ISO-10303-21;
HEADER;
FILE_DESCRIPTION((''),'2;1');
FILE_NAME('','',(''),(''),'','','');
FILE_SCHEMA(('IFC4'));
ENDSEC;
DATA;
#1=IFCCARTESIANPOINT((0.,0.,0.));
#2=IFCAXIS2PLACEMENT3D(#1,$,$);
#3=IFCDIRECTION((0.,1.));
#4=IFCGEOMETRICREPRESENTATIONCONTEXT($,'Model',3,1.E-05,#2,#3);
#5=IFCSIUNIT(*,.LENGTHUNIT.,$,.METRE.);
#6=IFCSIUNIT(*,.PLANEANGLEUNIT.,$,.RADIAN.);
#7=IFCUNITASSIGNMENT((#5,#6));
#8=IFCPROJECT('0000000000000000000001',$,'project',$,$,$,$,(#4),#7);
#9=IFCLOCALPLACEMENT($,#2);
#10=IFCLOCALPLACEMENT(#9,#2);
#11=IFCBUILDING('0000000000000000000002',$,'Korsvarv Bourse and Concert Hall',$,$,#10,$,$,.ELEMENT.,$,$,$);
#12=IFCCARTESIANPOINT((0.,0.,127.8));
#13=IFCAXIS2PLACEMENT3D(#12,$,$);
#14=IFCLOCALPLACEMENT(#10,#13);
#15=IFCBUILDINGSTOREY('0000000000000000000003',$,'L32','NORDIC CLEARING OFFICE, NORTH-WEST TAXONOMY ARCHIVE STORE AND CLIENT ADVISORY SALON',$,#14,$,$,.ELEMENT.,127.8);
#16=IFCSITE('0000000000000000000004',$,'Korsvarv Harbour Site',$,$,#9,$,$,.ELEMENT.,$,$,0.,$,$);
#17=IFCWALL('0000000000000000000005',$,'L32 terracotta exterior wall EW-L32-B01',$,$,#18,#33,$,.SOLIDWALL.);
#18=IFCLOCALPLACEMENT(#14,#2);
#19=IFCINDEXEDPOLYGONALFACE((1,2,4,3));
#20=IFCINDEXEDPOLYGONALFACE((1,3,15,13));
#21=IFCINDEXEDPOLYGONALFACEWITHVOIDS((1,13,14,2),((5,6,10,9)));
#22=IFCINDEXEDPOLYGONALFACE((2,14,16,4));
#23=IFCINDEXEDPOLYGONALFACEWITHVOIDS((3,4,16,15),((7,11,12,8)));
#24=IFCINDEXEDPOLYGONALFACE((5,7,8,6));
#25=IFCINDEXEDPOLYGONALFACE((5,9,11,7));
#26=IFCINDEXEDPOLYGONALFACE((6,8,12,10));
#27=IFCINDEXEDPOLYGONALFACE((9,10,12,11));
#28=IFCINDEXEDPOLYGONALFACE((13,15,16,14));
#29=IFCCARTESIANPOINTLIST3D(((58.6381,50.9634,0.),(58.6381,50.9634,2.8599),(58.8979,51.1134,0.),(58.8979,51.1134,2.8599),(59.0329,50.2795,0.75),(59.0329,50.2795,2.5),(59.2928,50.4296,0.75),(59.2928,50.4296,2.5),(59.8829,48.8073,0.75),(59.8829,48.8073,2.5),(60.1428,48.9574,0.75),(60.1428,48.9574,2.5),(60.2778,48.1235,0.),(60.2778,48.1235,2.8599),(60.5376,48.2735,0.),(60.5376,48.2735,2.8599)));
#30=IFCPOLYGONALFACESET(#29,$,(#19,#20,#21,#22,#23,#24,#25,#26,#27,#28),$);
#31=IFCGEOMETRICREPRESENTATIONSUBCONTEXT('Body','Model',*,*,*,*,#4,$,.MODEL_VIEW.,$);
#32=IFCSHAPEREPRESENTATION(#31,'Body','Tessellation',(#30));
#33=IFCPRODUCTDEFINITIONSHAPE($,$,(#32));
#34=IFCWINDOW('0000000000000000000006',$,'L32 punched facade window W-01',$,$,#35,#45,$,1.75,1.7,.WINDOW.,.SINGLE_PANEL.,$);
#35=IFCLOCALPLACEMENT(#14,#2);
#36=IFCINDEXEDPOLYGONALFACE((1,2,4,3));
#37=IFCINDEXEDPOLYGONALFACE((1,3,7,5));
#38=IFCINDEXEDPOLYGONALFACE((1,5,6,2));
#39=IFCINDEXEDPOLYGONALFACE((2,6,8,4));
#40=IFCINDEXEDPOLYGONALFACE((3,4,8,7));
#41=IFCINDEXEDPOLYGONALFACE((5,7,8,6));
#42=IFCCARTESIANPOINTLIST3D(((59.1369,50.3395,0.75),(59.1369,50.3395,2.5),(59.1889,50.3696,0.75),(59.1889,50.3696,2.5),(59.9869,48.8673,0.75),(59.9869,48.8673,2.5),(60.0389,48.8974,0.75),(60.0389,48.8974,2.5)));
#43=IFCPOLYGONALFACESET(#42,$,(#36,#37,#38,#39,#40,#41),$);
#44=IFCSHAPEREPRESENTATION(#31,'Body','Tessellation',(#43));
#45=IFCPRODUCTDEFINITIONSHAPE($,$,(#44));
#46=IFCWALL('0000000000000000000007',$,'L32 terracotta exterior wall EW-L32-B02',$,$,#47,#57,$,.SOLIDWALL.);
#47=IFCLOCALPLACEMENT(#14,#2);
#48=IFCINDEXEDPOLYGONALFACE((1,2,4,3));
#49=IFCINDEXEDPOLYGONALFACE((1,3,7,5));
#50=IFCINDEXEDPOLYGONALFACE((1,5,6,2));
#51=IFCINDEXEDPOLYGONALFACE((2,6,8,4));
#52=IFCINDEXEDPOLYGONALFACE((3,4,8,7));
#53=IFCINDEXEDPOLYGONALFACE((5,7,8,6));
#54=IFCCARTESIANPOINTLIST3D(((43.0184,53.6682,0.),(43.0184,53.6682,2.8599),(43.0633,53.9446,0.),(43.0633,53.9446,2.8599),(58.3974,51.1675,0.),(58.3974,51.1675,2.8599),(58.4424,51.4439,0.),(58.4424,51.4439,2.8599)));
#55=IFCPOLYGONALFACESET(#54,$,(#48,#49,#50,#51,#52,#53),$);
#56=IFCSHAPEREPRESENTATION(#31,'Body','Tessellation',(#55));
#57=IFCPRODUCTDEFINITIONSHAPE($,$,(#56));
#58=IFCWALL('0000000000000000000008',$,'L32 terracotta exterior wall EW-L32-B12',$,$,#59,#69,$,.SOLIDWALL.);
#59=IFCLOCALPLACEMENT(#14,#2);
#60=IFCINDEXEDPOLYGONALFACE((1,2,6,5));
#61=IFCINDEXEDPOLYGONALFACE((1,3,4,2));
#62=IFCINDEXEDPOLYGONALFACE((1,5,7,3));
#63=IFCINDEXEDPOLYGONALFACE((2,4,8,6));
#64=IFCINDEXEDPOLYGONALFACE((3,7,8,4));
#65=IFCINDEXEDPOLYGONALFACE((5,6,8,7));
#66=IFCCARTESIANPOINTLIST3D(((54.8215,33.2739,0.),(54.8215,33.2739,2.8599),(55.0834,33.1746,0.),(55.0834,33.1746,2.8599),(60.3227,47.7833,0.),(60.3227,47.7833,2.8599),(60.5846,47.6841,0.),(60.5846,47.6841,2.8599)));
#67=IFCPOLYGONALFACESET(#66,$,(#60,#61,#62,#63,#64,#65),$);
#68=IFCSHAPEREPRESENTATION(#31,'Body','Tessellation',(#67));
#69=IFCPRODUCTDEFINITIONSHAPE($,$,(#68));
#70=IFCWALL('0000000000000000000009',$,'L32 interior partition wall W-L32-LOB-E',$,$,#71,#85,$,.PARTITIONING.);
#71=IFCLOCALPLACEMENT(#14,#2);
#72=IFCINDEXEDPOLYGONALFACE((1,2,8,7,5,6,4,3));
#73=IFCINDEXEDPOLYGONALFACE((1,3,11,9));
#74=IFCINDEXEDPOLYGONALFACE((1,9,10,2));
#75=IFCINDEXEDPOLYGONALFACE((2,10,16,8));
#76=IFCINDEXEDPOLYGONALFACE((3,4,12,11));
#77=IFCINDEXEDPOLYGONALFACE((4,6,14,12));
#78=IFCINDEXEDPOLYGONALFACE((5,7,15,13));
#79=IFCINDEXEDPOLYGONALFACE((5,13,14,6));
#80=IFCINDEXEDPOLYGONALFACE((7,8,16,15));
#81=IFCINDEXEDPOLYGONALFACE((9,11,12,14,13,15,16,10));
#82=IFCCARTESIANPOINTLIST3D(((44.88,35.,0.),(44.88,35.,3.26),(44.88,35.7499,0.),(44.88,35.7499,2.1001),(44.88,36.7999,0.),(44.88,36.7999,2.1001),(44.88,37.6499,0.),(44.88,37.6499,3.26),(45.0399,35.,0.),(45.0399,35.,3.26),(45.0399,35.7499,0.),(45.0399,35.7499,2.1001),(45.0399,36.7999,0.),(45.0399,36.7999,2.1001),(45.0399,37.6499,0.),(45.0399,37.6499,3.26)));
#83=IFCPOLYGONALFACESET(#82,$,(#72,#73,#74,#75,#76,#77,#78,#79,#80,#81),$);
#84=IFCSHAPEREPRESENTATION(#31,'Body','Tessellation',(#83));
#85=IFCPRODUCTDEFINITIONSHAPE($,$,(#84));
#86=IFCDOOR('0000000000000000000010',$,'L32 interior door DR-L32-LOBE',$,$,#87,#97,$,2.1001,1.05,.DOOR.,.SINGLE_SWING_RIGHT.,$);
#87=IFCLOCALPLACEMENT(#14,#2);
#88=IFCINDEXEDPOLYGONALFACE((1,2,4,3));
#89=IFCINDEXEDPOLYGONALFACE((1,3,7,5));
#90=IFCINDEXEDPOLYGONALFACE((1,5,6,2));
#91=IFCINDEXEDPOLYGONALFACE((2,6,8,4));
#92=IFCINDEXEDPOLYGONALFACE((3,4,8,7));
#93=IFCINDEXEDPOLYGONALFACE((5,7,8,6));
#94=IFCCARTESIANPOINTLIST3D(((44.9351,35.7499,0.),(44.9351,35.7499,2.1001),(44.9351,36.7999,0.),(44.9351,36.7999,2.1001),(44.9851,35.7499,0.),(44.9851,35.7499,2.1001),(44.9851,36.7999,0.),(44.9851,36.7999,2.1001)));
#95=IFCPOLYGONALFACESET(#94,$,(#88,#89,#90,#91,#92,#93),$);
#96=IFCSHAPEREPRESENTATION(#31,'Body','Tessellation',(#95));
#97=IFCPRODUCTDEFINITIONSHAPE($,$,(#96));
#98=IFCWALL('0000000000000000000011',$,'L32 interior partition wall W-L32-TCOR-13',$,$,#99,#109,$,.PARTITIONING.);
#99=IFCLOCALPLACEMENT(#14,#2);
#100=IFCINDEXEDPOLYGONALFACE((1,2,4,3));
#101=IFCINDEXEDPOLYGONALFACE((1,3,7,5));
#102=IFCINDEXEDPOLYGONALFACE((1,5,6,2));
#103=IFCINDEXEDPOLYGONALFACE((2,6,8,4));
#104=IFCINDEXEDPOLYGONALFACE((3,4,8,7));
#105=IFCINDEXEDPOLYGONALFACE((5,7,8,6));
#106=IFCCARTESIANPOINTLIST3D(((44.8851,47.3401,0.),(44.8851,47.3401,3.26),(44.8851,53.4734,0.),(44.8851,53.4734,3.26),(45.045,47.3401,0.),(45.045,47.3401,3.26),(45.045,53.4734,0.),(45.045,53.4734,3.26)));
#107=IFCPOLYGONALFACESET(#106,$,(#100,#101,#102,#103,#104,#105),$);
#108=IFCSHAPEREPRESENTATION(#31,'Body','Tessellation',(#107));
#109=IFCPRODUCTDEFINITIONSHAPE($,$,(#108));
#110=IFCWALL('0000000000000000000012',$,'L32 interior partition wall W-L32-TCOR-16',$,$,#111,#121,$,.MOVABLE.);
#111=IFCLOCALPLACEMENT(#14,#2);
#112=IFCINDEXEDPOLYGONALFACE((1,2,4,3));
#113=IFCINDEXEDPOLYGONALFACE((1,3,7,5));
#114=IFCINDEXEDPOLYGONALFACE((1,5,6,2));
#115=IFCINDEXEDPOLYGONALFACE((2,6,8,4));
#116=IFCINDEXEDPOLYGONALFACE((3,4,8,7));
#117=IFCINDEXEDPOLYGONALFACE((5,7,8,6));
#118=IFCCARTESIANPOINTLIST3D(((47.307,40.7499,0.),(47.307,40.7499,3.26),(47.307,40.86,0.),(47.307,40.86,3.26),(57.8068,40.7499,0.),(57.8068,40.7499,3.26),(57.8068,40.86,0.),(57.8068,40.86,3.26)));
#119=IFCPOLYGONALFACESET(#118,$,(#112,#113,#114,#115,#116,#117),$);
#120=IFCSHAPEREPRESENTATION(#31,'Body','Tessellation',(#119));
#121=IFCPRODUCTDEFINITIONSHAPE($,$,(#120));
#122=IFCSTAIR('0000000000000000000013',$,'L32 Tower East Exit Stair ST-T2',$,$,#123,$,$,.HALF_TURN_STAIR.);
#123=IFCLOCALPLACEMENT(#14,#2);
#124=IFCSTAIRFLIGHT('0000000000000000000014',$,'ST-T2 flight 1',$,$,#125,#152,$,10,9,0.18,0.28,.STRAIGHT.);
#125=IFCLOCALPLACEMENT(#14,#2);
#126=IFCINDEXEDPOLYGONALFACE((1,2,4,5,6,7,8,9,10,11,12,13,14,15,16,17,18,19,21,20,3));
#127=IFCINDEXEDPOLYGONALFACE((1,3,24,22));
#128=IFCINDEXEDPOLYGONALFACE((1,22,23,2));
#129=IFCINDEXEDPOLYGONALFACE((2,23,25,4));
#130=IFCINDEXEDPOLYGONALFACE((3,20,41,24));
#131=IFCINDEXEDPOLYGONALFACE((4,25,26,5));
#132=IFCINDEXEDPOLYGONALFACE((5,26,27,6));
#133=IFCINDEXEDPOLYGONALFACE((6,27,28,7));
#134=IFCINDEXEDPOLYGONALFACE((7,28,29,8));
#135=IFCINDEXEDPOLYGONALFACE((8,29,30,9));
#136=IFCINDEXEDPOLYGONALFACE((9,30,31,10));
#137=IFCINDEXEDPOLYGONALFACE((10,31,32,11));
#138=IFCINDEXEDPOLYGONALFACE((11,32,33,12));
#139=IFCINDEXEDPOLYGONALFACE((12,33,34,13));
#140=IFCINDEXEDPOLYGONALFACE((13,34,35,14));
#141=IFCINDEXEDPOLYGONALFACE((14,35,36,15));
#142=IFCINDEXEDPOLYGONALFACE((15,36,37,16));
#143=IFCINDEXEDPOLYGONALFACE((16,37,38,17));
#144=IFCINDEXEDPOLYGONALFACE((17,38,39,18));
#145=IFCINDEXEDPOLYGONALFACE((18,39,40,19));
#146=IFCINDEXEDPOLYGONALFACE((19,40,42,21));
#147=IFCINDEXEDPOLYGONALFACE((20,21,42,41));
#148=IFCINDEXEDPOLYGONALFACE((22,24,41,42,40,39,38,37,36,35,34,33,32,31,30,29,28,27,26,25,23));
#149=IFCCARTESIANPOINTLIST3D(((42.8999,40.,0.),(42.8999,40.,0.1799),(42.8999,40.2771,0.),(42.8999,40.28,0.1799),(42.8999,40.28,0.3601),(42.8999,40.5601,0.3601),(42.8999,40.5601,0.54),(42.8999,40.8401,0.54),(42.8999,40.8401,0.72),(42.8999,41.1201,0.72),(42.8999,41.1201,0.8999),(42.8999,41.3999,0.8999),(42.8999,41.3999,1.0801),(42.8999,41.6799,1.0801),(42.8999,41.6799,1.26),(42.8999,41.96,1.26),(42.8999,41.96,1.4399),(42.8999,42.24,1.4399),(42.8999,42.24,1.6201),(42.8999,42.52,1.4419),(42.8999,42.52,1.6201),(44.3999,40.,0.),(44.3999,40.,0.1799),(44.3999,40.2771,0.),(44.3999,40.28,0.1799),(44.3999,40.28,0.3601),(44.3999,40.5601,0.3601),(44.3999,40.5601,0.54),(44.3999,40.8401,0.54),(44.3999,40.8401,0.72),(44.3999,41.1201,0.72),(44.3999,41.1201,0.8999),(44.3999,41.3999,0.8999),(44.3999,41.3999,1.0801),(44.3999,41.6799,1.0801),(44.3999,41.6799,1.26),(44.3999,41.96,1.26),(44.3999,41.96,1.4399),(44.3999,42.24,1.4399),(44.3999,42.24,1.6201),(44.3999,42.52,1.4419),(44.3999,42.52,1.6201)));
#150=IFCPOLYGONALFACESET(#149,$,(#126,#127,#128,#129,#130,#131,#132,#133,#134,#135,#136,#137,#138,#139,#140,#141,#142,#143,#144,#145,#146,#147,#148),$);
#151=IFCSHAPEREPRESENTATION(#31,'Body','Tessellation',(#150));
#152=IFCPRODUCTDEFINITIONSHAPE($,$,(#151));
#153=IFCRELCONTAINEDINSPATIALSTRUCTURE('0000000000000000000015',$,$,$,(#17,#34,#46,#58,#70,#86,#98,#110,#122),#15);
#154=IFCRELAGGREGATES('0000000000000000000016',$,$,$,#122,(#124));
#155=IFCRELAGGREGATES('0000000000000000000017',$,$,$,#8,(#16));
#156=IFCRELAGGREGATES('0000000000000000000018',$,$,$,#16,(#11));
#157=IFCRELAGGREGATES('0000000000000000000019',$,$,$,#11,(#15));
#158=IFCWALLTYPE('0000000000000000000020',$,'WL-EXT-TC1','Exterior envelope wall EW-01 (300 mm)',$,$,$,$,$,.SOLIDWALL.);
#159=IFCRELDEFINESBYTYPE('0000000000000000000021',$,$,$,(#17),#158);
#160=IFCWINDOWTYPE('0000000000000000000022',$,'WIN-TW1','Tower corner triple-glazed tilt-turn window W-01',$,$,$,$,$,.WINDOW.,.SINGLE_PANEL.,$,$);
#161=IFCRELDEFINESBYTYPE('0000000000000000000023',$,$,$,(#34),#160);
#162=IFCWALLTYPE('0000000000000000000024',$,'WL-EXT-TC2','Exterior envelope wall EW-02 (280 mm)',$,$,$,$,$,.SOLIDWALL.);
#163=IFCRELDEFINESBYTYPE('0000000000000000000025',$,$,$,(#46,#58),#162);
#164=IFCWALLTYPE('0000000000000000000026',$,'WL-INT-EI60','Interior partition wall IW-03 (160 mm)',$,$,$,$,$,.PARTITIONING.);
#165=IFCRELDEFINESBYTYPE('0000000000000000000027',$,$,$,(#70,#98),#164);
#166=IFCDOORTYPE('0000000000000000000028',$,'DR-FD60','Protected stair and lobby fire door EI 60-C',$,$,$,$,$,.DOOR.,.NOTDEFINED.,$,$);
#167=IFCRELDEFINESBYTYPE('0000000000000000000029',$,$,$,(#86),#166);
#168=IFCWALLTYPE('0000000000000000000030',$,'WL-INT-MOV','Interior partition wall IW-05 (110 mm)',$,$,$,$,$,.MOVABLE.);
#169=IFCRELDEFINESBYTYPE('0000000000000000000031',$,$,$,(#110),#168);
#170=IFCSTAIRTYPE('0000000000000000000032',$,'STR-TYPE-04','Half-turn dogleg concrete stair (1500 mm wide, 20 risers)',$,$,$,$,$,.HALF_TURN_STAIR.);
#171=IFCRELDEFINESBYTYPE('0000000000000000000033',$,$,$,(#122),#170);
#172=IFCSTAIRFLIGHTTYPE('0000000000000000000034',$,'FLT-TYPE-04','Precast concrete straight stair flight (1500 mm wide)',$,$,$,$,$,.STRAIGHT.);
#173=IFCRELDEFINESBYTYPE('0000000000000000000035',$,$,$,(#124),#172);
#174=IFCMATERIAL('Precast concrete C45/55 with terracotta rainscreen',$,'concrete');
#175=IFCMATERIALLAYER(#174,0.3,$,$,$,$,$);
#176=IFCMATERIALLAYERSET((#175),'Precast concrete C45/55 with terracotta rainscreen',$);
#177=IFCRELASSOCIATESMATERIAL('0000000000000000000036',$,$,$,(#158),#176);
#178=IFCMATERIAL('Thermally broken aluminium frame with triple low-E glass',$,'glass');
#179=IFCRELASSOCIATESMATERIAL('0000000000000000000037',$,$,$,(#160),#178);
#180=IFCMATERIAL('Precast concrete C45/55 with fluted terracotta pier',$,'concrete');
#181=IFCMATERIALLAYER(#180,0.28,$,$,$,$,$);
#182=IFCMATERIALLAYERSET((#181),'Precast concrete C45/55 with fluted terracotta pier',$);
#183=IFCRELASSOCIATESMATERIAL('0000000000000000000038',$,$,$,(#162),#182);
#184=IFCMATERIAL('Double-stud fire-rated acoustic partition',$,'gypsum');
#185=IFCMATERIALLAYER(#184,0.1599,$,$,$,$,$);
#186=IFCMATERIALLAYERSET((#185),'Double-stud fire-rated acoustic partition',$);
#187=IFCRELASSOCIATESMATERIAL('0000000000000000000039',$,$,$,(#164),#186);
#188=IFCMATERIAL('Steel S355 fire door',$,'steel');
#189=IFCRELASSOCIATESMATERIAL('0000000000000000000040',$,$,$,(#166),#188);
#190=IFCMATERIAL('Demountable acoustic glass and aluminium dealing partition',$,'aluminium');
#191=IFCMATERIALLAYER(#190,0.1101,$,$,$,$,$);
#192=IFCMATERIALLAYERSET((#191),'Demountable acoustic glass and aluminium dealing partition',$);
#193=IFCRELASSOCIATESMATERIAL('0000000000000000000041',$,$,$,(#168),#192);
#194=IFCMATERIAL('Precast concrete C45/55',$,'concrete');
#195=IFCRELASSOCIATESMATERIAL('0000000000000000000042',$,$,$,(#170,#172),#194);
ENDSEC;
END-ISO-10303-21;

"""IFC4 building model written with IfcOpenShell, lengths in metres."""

from ifc_helpers import new_model, si_unit, direction, frame, frame_2d, origin, place, context, subcontext, project, spatial, polyline, rectangle, outline, extrude, material, layer, layer_set, type_object, element, fill, aggregate, save


model = new_model("IFC4")

# Units and contexts
model_context = context("Model", 3, precision=1e-05, world=origin(), true_north=direction((0.0, 1.0)))
body_context = subcontext(model_context, "Body", "Model", "MODEL_VIEW")
ifc_project = project(units=[si_unit("LENGTHUNIT", "METRE"), si_unit("PLANEANGLEUNIT", "RADIAN")], contexts=[model_context])

# Site, building, storey
site_placement = place(None, origin())
site = spatial("IfcSite", under=ifc_project, at=site_placement, Name="Korsvarv Harbour Site", CompositionType="ELEMENT", RefElevation=0.0)
building_placement = place(site_placement, origin())
building = spatial("IfcBuilding", under=site, at=building_placement, Name="Korsvarv Bourse and Concert Hall", CompositionType="ELEMENT")
storey_placement = place(building_placement, frame((0.0, 0.0, 127.8)))
storey = spatial("IfcBuildingStorey", under=building, at=storey_placement, Name="L32", Description="NORDIC CLEARING OFFICE, NORTH-WEST TAXONOMY ARCHIVE STORE AND CLIENT ADVISORY SALON", CompositionType="ELEMENT", Elevation=127.8)

# Wall, opening, window
ifc_material_1 = material(Name="Precast concrete C45/55 with terracotta rainscreen", Category="concrete")
ifc_layer_1 = layer(ifc_material_1, 0.3)
ifc_layer_set_1 = layer_set([ifc_layer_1], Name="Precast concrete C45/55 with terracotta rainscreen")
wall_type_1 = type_object("IfcWallType", Name="WL-EXT-TC1", Description="Exterior envelope wall EW-01 (300 mm)", PredefinedType="SOLIDWALL", material=ifc_layer_set_1)
wall_1_placement = place(storey_placement, frame((60.4077, 48.1985, 0.0), z_axis=(0.0, 0.0, 1.0), x_axis=(-0.500015, 0.866017, 0.0)))
wall_1 = element("IfcWall", 1, at=wall_1_placement, inside=storey, type_object=wall_type_1, Name="L32 terracotta exterior wall EW-L32-B01", PredefinedType="SOLIDWALL", context=body_context, shape_type="SweptSolid", body=[
    extrude(rectangle(XDim=3.2793, YDim=0.3, at=frame_2d((1.6396, 0.0))), origin(), (0.0, 0.0, 1.0), 2.8599),
])
opening_1_placement = place(wall_1_placement, frame((0.7896, 0.0, 0.75)))
opening_1 = element("IfcOpeningElement", 2, at=opening_1_placement, cuts=wall_1, PredefinedType="OPENING", context=body_context, shape_type="SweptSolid", body=[
    extrude(rectangle(XDim=1.7, YDim=1.75, at=frame_2d((0.8501, 0.875))), frame((0.0, 0.1602, 0.0), z_axis=(0.0, -1.0, 0.0), x_axis=(1.0, 0.0, 0.0)), (0.0, 0.0, 1.0), 0.3201),
])
ifc_material_2 = material(Name="Thermally broken aluminium frame with triple low-E glass", Category="glass")
window_type = type_object("IfcWindowType", Name="WIN-TW1", Description="Tower corner triple-glazed tilt-turn window W-01", PartitioningType="SINGLE_PANEL", PredefinedType="WINDOW", material=ifc_material_2)
window_placement = place(opening_1_placement, origin())
window = element("IfcWindow", 3, at=window_placement, inside=storey, type_object=window_type, Name="L32 punched facade window W-01", OverallHeight=1.75, OverallWidth=1.7, PartitioningType="SINGLE_PANEL", PredefinedType="WINDOW", context=body_context, shape_type="SweptSolid", body=[
    extrude(rectangle(XDim=1.7, YDim=1.75, at=frame_2d((0.8501, 0.875))), frame((0.0, 0.03, 0.0), z_axis=(0.0, -1.0, 0.0), x_axis=(1.0, 0.0, 0.0)), (0.0, 0.0, 1.0), 0.0601),
])
fill(opening_1, window)

# Walls
ifc_material_3 = material(Name="Precast concrete C45/55 with fluted terracotta pier", Category="concrete")
ifc_layer_2 = layer(ifc_material_3, 0.28)
ifc_layer_set_2 = layer_set([ifc_layer_2], Name="Precast concrete C45/55 with fluted terracotta pier")
wall_type_2 = type_object("IfcWallType", Name="WL-EXT-TC2", Description="Exterior envelope wall EW-02 (280 mm)", PredefinedType="SOLIDWALL", material=ifc_layer_set_2)
wall_2_placement = place(storey_placement, frame((58.4199, 51.3057, 0.0), z_axis=(0.0, 0.0, 1.0), x_axis=(-0.987036, 0.160497, 0.0)))
element("IfcWall", 4, at=wall_2_placement, inside=storey, type_object=wall_type_2, Name="L32 terracotta exterior wall EW-L32-B02", PredefinedType="SOLIDWALL", context=body_context, shape_type="SweptSolid", body=[
    extrude(rectangle(XDim=15.5811, YDim=0.28, at=frame_2d((7.7905, 0.0))), origin(), (0.0, 0.0, 1.0), 2.8599),
])
wall_3_placement = place(storey_placement, frame((54.9524, 33.2241, 0.0), z_axis=(0.0, 0.0, 1.0), x_axis=(0.35452, 0.935049, 0.0)))
element("IfcWall", 5, at=wall_3_placement, inside=storey, type_object=wall_type_2, Name="L32 terracotta exterior wall EW-L32-B12", PredefinedType="SOLIDWALL", context=body_context, shape_type="SweptSolid", body=[
    extrude(rectangle(XDim=15.5173, YDim=0.28, at=frame_2d((7.7588, 0.0))), origin(), (0.0, 0.0, 1.0), 2.8599),
])

# Wall, opening, door
ifc_material_4 = material(Name="Double-stud fire-rated acoustic partition", Category="gypsum")
ifc_layer_3 = layer(ifc_material_4, 0.1599)
ifc_layer_set_3 = layer_set([ifc_layer_3], Name="Double-stud fire-rated acoustic partition")
wall_type_3 = type_object("IfcWallType", Name="WL-INT-EI60", Description="Interior partition wall IW-03 (160 mm)", PredefinedType="PARTITIONING", material=ifc_layer_set_3)
wall_4_placement = place(storey_placement, frame((44.96, 35.0, 0.0), z_axis=(0.0, 0.0, 1.0), x_axis=(0.0, 1.0, 0.0)))
wall_4 = element("IfcWall", 6, at=wall_4_placement, inside=storey, type_object=wall_type_3, Name="L32 interior partition wall W-L32-LOB-E", PredefinedType="PARTITIONING", context=body_context, shape_type="SweptSolid", body=[
    extrude(rectangle(XDim=2.6499, YDim=0.1599, at=frame_2d((1.325, 0.0))), origin(), (0.0, 0.0, 1.0), 3.26),
])
opening_2_placement = place(wall_4_placement, frame((0.75, 0.0, 0.0)))
opening_2 = element("IfcOpeningElement", 7, at=opening_2_placement, cuts=wall_4, PredefinedType="OPENING", context=body_context, shape_type="SweptSolid", body=[
    extrude(rectangle(XDim=1.05, YDim=2.1001, at=frame_2d((0.5249, 1.05))), frame((0.0, 0.0898, 0.0), z_axis=(0.0, -1.0, 0.0), x_axis=(1.0, 0.0, 0.0)), (0.0, 0.0, 1.0), 0.1799),
])
ifc_material_5 = material(Name="Steel S355 fire door", Category="steel")
door_type = type_object("IfcDoorType", Name="DR-FD60", Description="Protected stair and lobby fire door EI 60-C", OperationType="NOTDEFINED", PredefinedType="DOOR", material=ifc_material_5)
door_placement = place(opening_2_placement, origin())
door = element("IfcDoor", 8, at=door_placement, inside=storey, type_object=door_type, Name="L32 interior door DR-L32-LOBE", OperationType="SINGLE_SWING_RIGHT", OverallHeight=2.1001, OverallWidth=1.05, PredefinedType="DOOR", context=body_context, shape_type="SweptSolid", body=[
    extrude(rectangle(XDim=1.05, YDim=2.1001, at=frame_2d((0.5249, 1.05))), frame((0.0, 0.0249, 0.0), z_axis=(0.0, -1.0, 0.0), x_axis=(1.0, 0.0, 0.0)), (0.0, 0.0, 1.0), 0.05),
])
fill(opening_2, door)

# Walls
wall_5_placement = place(storey_placement, frame((44.9651, 47.3401, 0.0), z_axis=(0.0, 0.0, 1.0), x_axis=(0.0, 1.0, 0.0)))
element("IfcWall", 9, at=wall_5_placement, inside=storey, type_object=wall_type_3, Name="L32 interior partition wall W-L32-TCOR-13", PredefinedType="PARTITIONING", context=body_context, shape_type="SweptSolid", body=[
    extrude(rectangle(XDim=6.1333, YDim=0.1599, at=frame_2d((3.0667, 0.0))), origin(), (0.0, 0.0, 1.0), 3.26),
])
ifc_material_6 = material(Name="Demountable acoustic glass and aluminium dealing partition", Category="aluminium")
ifc_layer_4 = layer(ifc_material_6, 0.1101)
ifc_layer_set_4 = layer_set([ifc_layer_4], Name="Demountable acoustic glass and aluminium dealing partition")
wall_type_4 = type_object("IfcWallType", Name="WL-INT-MOV", Description="Interior partition wall IW-05 (110 mm)", PredefinedType="MOVABLE", material=ifc_layer_set_4)
wall_6_placement = place(storey_placement, frame((47.3069, 40.8049, 0.0), z_axis=(0.0, 0.0, 1.0), x_axis=(1.0, 0.0, 0.0)))
element("IfcWall", 10, at=wall_6_placement, inside=storey, type_object=wall_type_4, Name="L32 interior partition wall W-L32-TCOR-16", PredefinedType="MOVABLE", context=body_context, shape_type="SweptSolid", body=[
    extrude(rectangle(XDim=10.4998, YDim=0.1101, at=frame_2d((5.25, 0.0))), origin(), (0.0, 0.0, 1.0), 3.26),
])

# Stair, stair flight
ifc_material_7 = material(Name="Precast concrete C45/55", Category="concrete")
stair_type = type_object("IfcStairType", Name="STR-TYPE-04", Description="Half-turn dogleg concrete stair (1500 mm wide, 20 risers)", PredefinedType="HALF_TURN_STAIR", material=ifc_material_7)
stair_placement = place(storey_placement, origin())
stair = element("IfcStair", 11, at=stair_placement, inside=storey, type_object=stair_type, Name="L32 Tower East Exit Stair ST-T2", PredefinedType="HALF_TURN_STAIR")
stair_flight_type = type_object("IfcStairFlightType", Name="FLT-TYPE-04", Description="Precast concrete straight stair flight (1500 mm wide)", PredefinedType="STRAIGHT", material=ifc_material_7)
stair_flight_placement = place(storey_placement, frame((43.6499, 40.0, 0.0), z_axis=(0.0, 0.0, 1.0), x_axis=(0.0, 1.0, 0.0)))
stair_flight = element("IfcStairFlight", 12, at=stair_flight_placement, type_object=stair_flight_type, Name="ST-T2 flight 1", NumberOfRisers=10, NumberOfTreads=9, PredefinedType="STRAIGHT", RiserHeight=0.18, TreadLength=0.28, context=body_context, shape_type="SweptSolid", body=[
    extrude(outline(polyline([(0.0, 0.0), (0.0, 0.1799), (0.28, 0.1799), (0.28, 0.3601), (0.5601, 0.3601), (0.5601, 0.54), (0.8401, 0.54), (0.8401, 0.72), (1.1201, 0.72), (1.1201, 0.8999), (1.3999, 0.8999), (1.3999, 1.0801), (1.6799, 1.0801), (1.6799, 1.26), (1.96, 1.26), (1.96, 1.4399), (2.24, 1.4399), (2.24, 1.6201), (2.52, 1.6201), (2.52, 1.8), (2.52, 1.4419), (0.2771, 0.0), (0.0, 0.0)])), frame((0.0, 0.75, 0.0), z_axis=(0.0, -1.0, 0.0), x_axis=(1.0, 0.0, 0.0)), (0.0, 0.0, 1.0), 1.5),
])
aggregate(stair, [stair_flight])

save(model, "model.ifc")
